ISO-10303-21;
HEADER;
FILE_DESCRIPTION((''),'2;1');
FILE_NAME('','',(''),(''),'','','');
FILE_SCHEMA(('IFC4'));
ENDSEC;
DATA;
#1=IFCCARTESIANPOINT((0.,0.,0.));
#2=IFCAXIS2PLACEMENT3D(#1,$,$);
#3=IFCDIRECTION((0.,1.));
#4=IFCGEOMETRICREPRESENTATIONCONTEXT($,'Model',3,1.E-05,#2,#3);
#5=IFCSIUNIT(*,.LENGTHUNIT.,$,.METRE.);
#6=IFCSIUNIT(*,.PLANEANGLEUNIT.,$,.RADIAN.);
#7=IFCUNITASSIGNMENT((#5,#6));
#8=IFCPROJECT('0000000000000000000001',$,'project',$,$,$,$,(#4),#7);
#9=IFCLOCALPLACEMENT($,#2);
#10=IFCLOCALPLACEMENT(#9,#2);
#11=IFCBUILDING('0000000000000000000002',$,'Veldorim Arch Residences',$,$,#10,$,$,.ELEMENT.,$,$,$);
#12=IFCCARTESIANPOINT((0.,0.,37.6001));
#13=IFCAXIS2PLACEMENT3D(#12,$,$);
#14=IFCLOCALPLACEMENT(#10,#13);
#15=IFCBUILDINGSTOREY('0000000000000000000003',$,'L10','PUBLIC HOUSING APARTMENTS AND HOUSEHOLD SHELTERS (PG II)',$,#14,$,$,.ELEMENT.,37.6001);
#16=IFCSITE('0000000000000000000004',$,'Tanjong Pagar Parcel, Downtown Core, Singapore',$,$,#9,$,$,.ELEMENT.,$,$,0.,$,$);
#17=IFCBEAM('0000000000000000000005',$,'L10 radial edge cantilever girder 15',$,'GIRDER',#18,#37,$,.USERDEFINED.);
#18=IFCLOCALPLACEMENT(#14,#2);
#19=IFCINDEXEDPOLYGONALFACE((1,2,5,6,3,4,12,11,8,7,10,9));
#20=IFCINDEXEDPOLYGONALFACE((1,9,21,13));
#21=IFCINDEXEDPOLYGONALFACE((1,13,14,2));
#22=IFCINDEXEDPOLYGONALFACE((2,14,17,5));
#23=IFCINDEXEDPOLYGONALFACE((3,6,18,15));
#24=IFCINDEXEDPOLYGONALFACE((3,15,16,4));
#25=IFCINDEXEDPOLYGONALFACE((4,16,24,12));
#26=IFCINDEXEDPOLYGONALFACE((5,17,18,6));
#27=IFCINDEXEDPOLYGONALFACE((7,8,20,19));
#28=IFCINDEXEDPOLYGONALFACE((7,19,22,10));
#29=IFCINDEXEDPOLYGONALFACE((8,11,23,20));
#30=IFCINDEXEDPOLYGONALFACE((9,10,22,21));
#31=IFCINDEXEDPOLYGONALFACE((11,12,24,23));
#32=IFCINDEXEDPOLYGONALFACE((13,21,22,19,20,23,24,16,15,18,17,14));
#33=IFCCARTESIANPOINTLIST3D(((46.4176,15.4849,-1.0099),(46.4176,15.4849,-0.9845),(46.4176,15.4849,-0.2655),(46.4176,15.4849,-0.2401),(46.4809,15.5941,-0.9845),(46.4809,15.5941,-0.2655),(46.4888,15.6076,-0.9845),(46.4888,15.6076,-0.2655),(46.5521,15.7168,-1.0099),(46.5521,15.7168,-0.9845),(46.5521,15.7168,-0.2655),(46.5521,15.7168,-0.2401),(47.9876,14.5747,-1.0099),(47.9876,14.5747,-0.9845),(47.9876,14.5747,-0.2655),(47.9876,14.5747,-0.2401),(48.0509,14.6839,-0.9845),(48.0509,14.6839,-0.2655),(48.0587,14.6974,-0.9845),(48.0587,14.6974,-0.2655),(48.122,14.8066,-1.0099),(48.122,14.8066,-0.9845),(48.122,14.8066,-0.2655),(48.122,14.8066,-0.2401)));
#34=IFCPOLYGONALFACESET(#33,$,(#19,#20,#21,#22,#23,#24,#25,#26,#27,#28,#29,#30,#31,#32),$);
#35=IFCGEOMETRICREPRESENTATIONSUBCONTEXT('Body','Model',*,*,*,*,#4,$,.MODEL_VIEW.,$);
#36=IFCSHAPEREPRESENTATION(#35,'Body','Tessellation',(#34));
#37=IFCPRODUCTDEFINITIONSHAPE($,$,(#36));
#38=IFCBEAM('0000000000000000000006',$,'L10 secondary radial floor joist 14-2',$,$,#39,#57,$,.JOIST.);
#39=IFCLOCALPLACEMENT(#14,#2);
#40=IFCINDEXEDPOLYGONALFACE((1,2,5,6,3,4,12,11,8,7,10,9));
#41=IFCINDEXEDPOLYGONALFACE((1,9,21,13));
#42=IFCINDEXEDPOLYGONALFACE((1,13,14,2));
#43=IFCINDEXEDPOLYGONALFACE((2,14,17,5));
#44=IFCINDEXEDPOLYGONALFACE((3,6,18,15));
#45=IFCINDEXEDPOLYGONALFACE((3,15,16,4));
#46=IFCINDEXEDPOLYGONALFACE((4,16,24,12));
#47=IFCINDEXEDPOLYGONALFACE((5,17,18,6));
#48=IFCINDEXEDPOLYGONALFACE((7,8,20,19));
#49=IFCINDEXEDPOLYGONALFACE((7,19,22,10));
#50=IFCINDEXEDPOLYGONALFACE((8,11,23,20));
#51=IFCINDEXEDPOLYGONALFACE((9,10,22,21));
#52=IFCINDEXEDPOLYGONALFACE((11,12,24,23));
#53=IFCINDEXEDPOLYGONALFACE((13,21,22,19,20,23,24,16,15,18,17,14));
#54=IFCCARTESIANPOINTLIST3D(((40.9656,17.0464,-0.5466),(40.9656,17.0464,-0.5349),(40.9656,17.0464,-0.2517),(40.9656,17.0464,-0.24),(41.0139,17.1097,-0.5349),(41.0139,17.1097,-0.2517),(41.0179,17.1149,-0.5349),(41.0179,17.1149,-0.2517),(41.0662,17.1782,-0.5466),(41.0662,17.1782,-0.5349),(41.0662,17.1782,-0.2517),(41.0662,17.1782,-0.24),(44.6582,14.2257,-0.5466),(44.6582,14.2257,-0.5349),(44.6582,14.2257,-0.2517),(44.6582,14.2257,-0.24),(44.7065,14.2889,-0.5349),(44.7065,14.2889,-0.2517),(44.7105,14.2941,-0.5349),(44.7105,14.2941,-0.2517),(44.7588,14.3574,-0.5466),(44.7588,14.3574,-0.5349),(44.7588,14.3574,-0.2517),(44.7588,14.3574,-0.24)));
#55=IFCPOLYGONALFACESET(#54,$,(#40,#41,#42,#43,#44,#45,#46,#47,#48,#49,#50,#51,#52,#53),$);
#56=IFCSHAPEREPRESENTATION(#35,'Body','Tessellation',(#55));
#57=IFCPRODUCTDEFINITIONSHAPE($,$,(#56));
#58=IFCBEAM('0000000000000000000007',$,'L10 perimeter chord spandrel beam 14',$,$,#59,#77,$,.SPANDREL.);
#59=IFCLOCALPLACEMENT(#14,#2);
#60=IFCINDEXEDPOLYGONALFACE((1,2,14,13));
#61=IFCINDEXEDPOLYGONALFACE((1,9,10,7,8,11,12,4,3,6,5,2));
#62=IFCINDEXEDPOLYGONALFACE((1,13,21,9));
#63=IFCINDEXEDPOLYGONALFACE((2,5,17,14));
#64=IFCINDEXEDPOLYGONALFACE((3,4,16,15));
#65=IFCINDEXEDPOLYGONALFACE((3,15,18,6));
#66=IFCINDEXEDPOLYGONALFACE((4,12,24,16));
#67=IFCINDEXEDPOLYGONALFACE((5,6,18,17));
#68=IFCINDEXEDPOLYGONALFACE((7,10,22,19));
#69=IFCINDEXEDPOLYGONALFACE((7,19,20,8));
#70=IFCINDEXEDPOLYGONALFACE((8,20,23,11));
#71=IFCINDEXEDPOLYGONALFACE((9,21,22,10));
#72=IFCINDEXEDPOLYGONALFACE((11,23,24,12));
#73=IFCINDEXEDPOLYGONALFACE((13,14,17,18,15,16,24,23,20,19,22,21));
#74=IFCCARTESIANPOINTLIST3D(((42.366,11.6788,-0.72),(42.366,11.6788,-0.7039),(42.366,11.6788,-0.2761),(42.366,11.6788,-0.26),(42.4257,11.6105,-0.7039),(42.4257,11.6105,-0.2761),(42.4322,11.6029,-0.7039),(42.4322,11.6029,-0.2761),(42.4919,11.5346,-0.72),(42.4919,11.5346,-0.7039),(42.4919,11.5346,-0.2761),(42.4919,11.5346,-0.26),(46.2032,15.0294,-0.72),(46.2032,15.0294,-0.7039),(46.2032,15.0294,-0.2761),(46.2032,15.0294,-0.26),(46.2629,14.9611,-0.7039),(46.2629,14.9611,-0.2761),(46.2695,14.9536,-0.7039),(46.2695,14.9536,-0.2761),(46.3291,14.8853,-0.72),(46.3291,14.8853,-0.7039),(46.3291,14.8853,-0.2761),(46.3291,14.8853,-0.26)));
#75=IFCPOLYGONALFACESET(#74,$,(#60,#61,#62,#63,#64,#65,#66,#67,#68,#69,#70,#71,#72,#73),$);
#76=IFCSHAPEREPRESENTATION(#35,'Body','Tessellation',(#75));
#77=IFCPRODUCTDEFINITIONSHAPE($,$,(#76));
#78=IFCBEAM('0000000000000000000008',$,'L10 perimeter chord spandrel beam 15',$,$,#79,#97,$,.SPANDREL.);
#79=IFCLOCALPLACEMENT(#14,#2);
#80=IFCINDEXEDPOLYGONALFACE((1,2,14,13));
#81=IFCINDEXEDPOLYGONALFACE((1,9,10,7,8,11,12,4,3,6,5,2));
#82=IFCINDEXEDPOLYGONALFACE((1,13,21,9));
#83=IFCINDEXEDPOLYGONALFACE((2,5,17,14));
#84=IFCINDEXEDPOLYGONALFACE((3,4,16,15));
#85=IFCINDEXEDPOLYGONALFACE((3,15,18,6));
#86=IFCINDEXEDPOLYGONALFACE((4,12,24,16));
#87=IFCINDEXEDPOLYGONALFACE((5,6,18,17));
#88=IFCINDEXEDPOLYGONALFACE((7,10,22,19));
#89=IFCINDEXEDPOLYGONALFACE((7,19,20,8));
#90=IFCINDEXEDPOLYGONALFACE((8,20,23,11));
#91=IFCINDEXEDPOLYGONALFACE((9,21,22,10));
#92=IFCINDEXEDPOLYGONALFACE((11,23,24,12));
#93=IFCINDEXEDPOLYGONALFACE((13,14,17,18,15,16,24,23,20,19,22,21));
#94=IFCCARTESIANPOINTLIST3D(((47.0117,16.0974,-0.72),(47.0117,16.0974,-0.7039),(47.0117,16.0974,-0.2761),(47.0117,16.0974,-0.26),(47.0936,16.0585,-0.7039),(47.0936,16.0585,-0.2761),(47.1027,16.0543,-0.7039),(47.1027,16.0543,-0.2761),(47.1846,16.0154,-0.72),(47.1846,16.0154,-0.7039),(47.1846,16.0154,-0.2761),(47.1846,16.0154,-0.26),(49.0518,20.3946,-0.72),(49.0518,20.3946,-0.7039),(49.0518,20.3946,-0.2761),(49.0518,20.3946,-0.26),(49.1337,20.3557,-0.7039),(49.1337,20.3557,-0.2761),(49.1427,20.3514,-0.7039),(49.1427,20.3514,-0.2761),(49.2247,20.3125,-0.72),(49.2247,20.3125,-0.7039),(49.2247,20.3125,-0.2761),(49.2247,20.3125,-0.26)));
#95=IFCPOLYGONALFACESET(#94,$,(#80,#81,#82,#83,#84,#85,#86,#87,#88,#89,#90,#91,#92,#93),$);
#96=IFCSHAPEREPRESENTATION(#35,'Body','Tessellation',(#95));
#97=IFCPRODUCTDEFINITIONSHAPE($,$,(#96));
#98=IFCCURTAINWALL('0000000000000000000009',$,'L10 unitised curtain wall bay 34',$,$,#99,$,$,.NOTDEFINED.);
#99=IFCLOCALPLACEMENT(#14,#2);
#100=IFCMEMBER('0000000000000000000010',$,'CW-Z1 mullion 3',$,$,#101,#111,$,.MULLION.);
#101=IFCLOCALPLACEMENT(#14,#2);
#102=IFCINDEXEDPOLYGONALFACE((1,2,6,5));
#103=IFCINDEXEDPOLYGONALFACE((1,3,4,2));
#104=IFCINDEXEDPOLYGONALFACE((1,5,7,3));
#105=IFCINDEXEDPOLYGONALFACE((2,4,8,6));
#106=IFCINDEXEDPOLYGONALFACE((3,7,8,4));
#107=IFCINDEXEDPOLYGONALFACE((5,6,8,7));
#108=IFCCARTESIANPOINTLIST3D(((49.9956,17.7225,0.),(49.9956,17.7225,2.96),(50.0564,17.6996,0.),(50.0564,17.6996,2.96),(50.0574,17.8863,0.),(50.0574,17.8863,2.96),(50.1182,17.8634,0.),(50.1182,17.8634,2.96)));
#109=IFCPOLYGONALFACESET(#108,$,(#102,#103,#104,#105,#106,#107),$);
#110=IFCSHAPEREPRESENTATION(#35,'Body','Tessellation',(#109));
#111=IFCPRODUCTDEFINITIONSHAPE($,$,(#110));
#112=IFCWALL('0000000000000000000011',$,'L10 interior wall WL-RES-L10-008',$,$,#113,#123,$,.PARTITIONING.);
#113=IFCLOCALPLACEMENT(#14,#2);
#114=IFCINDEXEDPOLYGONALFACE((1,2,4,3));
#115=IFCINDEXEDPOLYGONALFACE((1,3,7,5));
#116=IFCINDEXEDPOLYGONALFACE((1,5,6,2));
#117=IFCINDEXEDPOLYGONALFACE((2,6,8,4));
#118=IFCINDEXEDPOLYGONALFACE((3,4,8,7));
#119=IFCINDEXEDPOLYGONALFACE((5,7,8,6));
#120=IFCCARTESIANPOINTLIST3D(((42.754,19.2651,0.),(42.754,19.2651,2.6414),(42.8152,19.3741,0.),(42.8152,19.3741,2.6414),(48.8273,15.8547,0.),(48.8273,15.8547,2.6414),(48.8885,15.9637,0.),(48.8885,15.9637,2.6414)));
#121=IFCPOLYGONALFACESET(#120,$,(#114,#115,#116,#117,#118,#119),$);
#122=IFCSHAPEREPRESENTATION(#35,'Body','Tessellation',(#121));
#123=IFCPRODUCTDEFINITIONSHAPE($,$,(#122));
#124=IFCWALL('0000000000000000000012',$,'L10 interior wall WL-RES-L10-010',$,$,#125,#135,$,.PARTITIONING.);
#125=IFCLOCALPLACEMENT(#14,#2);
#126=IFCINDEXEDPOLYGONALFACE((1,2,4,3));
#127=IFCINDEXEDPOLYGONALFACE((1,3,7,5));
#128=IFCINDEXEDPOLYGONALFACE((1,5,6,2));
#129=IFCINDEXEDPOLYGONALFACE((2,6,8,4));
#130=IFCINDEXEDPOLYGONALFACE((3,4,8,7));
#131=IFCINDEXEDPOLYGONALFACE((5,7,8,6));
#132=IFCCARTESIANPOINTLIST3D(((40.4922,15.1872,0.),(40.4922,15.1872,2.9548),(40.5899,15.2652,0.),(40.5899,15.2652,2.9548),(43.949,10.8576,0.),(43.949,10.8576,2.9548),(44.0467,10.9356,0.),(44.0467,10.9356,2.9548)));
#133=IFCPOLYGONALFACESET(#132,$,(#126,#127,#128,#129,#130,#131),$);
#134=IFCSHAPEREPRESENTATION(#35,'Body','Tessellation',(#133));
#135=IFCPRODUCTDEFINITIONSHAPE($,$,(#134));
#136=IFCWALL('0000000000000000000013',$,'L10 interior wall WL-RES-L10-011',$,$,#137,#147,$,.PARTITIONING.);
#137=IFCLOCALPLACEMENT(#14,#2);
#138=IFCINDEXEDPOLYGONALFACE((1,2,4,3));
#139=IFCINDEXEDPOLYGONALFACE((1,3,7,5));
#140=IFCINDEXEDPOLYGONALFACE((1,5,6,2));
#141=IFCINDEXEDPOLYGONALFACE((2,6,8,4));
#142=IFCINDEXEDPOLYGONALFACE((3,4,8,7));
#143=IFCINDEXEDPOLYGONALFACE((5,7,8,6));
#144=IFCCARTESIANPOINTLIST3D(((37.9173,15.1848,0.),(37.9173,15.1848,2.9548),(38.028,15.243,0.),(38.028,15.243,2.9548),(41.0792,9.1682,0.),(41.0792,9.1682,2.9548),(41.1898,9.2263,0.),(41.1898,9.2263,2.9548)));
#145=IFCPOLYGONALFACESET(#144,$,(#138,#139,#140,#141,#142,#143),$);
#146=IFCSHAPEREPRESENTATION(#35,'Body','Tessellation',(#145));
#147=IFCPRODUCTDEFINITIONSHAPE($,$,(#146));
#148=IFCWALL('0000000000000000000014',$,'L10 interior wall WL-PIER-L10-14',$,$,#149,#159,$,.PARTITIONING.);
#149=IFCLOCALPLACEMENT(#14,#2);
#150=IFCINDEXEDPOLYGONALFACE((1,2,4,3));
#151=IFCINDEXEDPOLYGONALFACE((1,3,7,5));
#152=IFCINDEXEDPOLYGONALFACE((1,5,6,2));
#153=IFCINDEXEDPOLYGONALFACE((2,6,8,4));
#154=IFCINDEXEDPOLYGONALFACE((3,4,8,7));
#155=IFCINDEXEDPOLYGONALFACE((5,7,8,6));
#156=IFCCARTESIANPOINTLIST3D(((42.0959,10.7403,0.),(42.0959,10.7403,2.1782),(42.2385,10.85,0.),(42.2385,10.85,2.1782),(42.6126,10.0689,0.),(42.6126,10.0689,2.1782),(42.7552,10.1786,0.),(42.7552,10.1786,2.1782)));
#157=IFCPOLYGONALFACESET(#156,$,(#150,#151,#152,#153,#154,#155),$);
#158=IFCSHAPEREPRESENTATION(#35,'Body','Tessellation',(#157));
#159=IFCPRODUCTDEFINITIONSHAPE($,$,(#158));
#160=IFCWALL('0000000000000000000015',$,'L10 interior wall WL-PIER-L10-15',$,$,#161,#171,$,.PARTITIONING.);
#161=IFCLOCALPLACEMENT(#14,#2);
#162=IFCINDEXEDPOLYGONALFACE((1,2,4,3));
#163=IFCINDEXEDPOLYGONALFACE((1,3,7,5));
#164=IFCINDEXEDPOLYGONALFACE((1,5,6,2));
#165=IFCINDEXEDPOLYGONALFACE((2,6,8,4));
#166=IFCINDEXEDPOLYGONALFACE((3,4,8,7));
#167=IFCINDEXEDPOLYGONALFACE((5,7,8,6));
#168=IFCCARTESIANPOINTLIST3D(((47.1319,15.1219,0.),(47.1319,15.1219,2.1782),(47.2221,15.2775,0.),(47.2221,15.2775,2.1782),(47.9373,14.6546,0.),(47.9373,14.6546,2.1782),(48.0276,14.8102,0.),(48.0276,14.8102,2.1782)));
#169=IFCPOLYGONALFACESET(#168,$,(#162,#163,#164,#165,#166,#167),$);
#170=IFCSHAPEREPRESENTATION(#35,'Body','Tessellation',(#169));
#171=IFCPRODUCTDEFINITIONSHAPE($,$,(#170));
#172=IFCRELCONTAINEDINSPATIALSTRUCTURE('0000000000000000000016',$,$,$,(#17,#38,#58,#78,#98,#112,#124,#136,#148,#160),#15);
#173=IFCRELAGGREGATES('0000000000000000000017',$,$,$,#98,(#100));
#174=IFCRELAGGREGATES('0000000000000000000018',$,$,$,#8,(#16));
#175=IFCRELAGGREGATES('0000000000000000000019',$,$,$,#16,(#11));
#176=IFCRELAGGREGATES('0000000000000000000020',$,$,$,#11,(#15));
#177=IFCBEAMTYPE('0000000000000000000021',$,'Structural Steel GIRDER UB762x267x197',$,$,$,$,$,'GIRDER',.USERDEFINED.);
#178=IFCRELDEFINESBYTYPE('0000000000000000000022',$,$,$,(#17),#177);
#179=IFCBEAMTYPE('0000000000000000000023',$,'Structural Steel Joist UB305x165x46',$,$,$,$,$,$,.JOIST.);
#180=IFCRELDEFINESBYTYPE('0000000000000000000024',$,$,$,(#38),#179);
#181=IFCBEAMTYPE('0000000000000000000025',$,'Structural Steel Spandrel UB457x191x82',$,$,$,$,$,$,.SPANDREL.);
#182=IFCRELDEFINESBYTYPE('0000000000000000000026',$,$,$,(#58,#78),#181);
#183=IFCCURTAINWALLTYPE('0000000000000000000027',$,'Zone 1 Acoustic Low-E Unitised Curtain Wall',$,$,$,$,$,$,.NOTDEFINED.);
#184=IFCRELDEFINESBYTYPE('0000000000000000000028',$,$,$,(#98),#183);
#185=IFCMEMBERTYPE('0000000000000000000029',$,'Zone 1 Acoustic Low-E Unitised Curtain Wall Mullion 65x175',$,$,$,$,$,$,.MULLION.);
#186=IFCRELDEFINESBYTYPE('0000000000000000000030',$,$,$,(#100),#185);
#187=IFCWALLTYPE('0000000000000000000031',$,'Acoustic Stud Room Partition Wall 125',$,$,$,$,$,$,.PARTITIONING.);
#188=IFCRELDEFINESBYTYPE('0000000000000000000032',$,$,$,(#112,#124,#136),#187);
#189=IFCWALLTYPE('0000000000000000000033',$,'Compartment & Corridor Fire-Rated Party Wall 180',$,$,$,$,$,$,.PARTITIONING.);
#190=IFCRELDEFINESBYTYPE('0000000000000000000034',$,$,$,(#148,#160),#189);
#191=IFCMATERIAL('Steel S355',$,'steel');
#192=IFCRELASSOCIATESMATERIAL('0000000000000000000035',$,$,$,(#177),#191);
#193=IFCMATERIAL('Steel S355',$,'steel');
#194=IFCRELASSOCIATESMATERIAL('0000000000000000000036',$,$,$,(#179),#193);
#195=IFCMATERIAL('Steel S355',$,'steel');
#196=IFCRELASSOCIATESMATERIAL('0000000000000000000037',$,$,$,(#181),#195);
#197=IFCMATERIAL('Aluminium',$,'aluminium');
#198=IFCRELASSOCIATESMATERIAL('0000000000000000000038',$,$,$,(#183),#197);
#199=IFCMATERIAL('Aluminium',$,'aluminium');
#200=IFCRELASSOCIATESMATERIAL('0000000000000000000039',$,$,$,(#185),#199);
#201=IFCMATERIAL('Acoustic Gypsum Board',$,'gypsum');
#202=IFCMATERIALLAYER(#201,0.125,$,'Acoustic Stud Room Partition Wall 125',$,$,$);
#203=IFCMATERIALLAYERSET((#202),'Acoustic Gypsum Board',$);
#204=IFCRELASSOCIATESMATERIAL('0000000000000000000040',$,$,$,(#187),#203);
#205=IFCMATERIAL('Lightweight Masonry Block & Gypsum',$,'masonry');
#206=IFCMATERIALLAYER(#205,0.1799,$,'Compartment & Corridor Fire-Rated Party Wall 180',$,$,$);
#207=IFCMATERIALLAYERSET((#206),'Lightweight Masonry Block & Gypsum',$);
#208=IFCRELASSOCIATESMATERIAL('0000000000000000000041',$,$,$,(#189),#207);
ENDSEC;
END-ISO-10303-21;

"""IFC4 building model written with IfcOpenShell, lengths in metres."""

from ifc_helpers import new_model, si_unit, direction, frame, frame_2d, origin, origin_2d, place, context, subcontext, project, spatial, rectangle, i_section, extrude, material, layer, layer_set, material_profile, profile_set, type_object, element, aggregate, save


model = new_model("IFC4")

# Units and contexts
model_context = context("Model", 3, precision=1e-05, world=origin(), true_north=direction((0.0, 1.0)))
body_context = subcontext(model_context, "Body", "Model", "MODEL_VIEW")
ifc_project = project(units=[si_unit("LENGTHUNIT", "METRE"), si_unit("PLANEANGLEUNIT", "RADIAN")], contexts=[model_context])

# Site, building, storey
site_placement = place(None, origin())
site = spatial("IfcSite", under=ifc_project, at=site_placement, Name="Tanjong Pagar Parcel, Downtown Core, Singapore", CompositionType="ELEMENT", RefElevation=0.0)
building_placement = place(site_placement, origin())
building = spatial("IfcBuilding", under=site, at=building_placement, Name="Veldorim Arch Residences", CompositionType="ELEMENT")
storey_placement = place(building_placement, frame((0.0, 0.0, 37.6001)))
storey = spatial("IfcBuildingStorey", under=building, at=storey_placement, Name="L10", Description="PUBLIC HOUSING APARTMENTS AND HOUSEHOLD SHELTERS (PG II)", CompositionType="ELEMENT", Elevation=37.6001)

# Beams
ifc_material_1 = material(Name="Steel S355", Category="steel")
ifc_material_profile_1 = material_profile(ifc_material_1, i_section(OverallWidth=0.2681, OverallDepth=0.7698, WebThickness=0.0156, FlangeThickness=0.0254, at=origin_2d()), Name="UB762x267x197")
ifc_profile_set_1 = profile_set([ifc_material_profile_1], Name="Steel S355")
beam_type_1 = type_object("IfcBeamType", Name="Structural Steel GIRDER UB762x267x197", ElementType="GIRDER", PredefinedType="USERDEFINED", material=ifc_profile_set_1)
beam_1_placement = place(storey_placement, frame((46.4849, 15.6008, -0.625), z_axis=(0.865113, -0.501577, 0.0), x_axis=(0.501577, 0.865113, 0.0)))
element("IfcBeam", 1, at=beam_1_placement, inside=storey, type_object=beam_type_1, Name="L10 radial edge cantilever girder 15", ObjectType="GIRDER", PredefinedType="USERDEFINED", context=body_context, shape_type="SweptSolid", body=[
    extrude(i_section(OverallWidth=0.2681, OverallDepth=0.7698, WebThickness=0.0156, FlangeThickness=0.0254, at=origin_2d()), origin(), (0.0, 0.0, 1.0), 1.8147),
])
ifc_material_2 = material(Name="Steel S355", Category="steel")
ifc_material_profile_2 = material_profile(ifc_material_2, i_section(OverallWidth=0.1658, OverallDepth=0.3066, WebThickness=0.0066, FlangeThickness=0.0117, at=origin_2d()), Name="UB305x165x46")
ifc_profile_set_2 = profile_set([ifc_material_profile_2], Name="Steel S355")
beam_type_2 = type_object("IfcBeamType", Name="Structural Steel Joist UB305x165x46", PredefinedType="JOIST", material=ifc_profile_set_2)
beam_2_placement = place(storey_placement, frame((41.0159, 17.1123, -0.3933), z_axis=(0.794666, -0.607046, 0.0), x_axis=(0.607046, 0.794666, 0.0)))
element("IfcBeam", 2, at=beam_2_placement, inside=storey, type_object=beam_type_2, Name="L10 secondary radial floor joist 14-2", PredefinedType="JOIST", context=body_context, shape_type="SweptSolid", body=[
    extrude(i_section(OverallWidth=0.1658, OverallDepth=0.3066, WebThickness=0.0066, FlangeThickness=0.0117, at=origin_2d()), origin(), (0.0, 0.0, 1.0), 4.6467),
])
ifc_material_3 = material(Name="Steel S355", Category="steel")
ifc_material_profile_3 = material_profile(ifc_material_3, i_section(OverallWidth=0.1914, OverallDepth=0.46, WebThickness=0.01, FlangeThickness=0.0161, at=origin_2d()), Name="UB457x191x82")
ifc_profile_set_3 = profile_set([ifc_material_profile_3], Name="Steel S355")
beam_type_3 = type_object("IfcBeamType", Name="Structural Steel Spandrel UB457x191x82", PredefinedType="SPANDREL", material=ifc_profile_set_3)
beam_3_placement = place(storey_placement, frame((42.429, 11.6067, -0.49), z_axis=(0.75325, 0.657734, 0.0), x_axis=(-0.657734, 0.75325, 0.0)))
element("IfcBeam", 3, at=beam_3_placement, inside=storey, type_object=beam_type_3, Name="L10 perimeter chord spandrel beam 14", PredefinedType="SPANDREL", context=body_context, shape_type="SweptSolid", body=[
    extrude(i_section(OverallWidth=0.1914, OverallDepth=0.46, WebThickness=0.01, FlangeThickness=0.0161, at=origin_2d()), origin(), (0.0, 0.0, 1.0), 5.0942),
])
beam_4_placement = place(storey_placement, frame((47.0981, 16.0564, -0.49), z_axis=(0.428869, 0.903366, 0.0), x_axis=(-0.903366, 0.428869, 0.0)))
element("IfcBeam", 4, at=beam_4_placement, inside=storey, type_object=beam_type_3, Name="L10 perimeter chord spandrel beam 15", PredefinedType="SPANDREL", context=body_context, shape_type="SweptSolid", body=[
    extrude(i_section(OverallWidth=0.1914, OverallDepth=0.46, WebThickness=0.01, FlangeThickness=0.0161, at=origin_2d()), origin(), (0.0, 0.0, 1.0), 4.7568),
])

# Curtain wall, member
ifc_material_4 = material(Name="Aluminium", Category="aluminium")
curtain_wall_type = type_object("IfcCurtainWallType", Name="Zone 1 Acoustic Low-E Unitised Curtain Wall", PredefinedType="NOTDEFINED", material=ifc_material_4)
curtain_wall_placement = place(storey_placement, origin())
curtain_wall = element("IfcCurtainWall", 5, at=curtain_wall_placement, inside=storey, type_object=curtain_wall_type, Name="L10 unitised curtain wall bay 34", PredefinedType="NOTDEFINED")
ifc_material_5 = material(Name="Aluminium", Category="aluminium")
ifc_material_profile_4 = material_profile(ifc_material_5, rectangle(XDim=0.0649, YDim=0.175, at=origin_2d()), Name="ALU_MUL_65x175")
ifc_profile_set_4 = profile_set([ifc_material_profile_4], Name="Aluminium")
member_type = type_object("IfcMemberType", Name="Zone 1 Acoustic Low-E Unitised Curtain Wall Mullion 65x175", PredefinedType="MULLION", material=ifc_profile_set_4)
member_placement = place(storey_placement, frame((50.0569, 17.793, 0.0), z_axis=(0.0, 0.0, 1.0), x_axis=(0.935656, -0.352914, 0.0)))
member = element("IfcMember", 6, at=member_placement, type_object=member_type, Name="CW-Z1 mullion 3", PredefinedType="MULLION", context=body_context, shape_type="SweptSolid", body=[
    extrude(rectangle(XDim=0.0649, YDim=0.175, at=origin_2d()), origin(), (0.0, 0.0, 1.0), 2.96),
])
aggregate(curtain_wall, [member])

# Walls
ifc_material_6 = material(Name="Acoustic Gypsum Board", Category="gypsum")
ifc_layer_1 = layer(ifc_material_6, 0.125, Name="Acoustic Stud Room Partition Wall 125")
ifc_layer_set_1 = layer_set([ifc_layer_1], Name="Acoustic Gypsum Board")
wall_type_1 = type_object("IfcWallType", Name="Acoustic Stud Room Partition Wall 125", PredefinedType="PARTITIONING", material=ifc_layer_set_1)
wall_1_placement = place(storey_placement, frame((48.8579, 15.9092, 0.0), z_axis=(0.0, 0.0, 1.0), x_axis=(-0.871931, 0.489629, 0.0)))
element("IfcWall", 7, at=wall_1_placement, inside=storey, type_object=wall_type_1, Name="L10 interior wall WL-RES-L10-008", PredefinedType="PARTITIONING", context=body_context, shape_type="SweptSolid", body=[
    extrude(rectangle(XDim=6.9653, YDim=0.125, at=frame_2d((3.4827, 0.0))), origin(), (0.0, 0.0, 1.0), 2.6414),
])
wall_2_placement = place(storey_placement, frame((43.9978, 10.8967, 0.0), z_axis=(0.0, 0.0, 1.0), x_axis=(-0.623937, 0.781475, 0.0)))
element("IfcWall", 8, at=wall_2_placement, inside=storey, type_object=wall_type_1, Name="L10 interior wall WL-RES-L10-010", PredefinedType="PARTITIONING", context=body_context, shape_type="SweptSolid", body=[
    extrude(rectangle(XDim=5.5403, YDim=0.125, at=frame_2d((2.77, 0.0))), origin(), (0.0, 0.0, 1.0), 2.9548),
])
wall_3_placement = place(storey_placement, frame((41.1345, 9.1973, 0.0), z_axis=(0.0, 0.0, 1.0), x_axis=(-0.465197, 0.885207, 0.0)))
element("IfcWall", 9, at=wall_3_placement, inside=storey, type_object=wall_type_1, Name="L10 interior wall WL-RES-L10-011", PredefinedType="PARTITIONING", context=body_context, shape_type="SweptSolid", body=[
    extrude(rectangle(XDim=6.7969, YDim=0.125, at=frame_2d((3.3984, 0.0))), origin(), (0.0, 0.0, 1.0), 2.9548),
])
ifc_material_7 = material(Name="Lightweight Masonry Block & Gypsum", Category="masonry")
ifc_layer_2 = layer(ifc_material_7, 0.1799, Name="Compartment & Corridor Fire-Rated Party Wall 180")
ifc_layer_set_2 = layer_set([ifc_layer_2], Name="Lightweight Masonry Block & Gypsum")
wall_type_2 = type_object("IfcWallType", Name="Compartment & Corridor Fire-Rated Party Wall 180", PredefinedType="PARTITIONING", material=ifc_layer_set_2)
wall_4_placement = place(storey_placement, frame((42.1672, 10.7952, 0.0), z_axis=(0.0, 0.0, 1.0), x_axis=(0.609822, -0.792538, 0.0)))
element("IfcWall", 10, at=wall_4_placement, inside=storey, type_object=wall_type_2, Name="L10 interior wall WL-PIER-L10-14", PredefinedType="PARTITIONING", context=body_context, shape_type="SweptSolid", body=[
    extrude(rectangle(XDim=0.8472, YDim=0.1799, at=frame_2d((0.4236, 0.0))), origin(), (0.0, 0.0, 1.0), 2.1782),
])
wall_5_placement = place(storey_placement, frame((47.177, 15.1997, 0.0), z_axis=(0.0, 0.0, 1.0), x_axis=(0.864965, -0.501832, 0.0)))
element("IfcWall", 11, at=wall_5_placement, inside=storey, type_object=wall_type_2, Name="L10 interior wall WL-PIER-L10-15", PredefinedType="PARTITIONING", context=body_context, shape_type="SweptSolid", body=[
    extrude(rectangle(XDim=0.9312, YDim=0.1799, at=frame_2d((0.4656, 0.0))), origin(), (0.0, 0.0, 1.0), 2.1782),
])

save(model, "model.ifc")
